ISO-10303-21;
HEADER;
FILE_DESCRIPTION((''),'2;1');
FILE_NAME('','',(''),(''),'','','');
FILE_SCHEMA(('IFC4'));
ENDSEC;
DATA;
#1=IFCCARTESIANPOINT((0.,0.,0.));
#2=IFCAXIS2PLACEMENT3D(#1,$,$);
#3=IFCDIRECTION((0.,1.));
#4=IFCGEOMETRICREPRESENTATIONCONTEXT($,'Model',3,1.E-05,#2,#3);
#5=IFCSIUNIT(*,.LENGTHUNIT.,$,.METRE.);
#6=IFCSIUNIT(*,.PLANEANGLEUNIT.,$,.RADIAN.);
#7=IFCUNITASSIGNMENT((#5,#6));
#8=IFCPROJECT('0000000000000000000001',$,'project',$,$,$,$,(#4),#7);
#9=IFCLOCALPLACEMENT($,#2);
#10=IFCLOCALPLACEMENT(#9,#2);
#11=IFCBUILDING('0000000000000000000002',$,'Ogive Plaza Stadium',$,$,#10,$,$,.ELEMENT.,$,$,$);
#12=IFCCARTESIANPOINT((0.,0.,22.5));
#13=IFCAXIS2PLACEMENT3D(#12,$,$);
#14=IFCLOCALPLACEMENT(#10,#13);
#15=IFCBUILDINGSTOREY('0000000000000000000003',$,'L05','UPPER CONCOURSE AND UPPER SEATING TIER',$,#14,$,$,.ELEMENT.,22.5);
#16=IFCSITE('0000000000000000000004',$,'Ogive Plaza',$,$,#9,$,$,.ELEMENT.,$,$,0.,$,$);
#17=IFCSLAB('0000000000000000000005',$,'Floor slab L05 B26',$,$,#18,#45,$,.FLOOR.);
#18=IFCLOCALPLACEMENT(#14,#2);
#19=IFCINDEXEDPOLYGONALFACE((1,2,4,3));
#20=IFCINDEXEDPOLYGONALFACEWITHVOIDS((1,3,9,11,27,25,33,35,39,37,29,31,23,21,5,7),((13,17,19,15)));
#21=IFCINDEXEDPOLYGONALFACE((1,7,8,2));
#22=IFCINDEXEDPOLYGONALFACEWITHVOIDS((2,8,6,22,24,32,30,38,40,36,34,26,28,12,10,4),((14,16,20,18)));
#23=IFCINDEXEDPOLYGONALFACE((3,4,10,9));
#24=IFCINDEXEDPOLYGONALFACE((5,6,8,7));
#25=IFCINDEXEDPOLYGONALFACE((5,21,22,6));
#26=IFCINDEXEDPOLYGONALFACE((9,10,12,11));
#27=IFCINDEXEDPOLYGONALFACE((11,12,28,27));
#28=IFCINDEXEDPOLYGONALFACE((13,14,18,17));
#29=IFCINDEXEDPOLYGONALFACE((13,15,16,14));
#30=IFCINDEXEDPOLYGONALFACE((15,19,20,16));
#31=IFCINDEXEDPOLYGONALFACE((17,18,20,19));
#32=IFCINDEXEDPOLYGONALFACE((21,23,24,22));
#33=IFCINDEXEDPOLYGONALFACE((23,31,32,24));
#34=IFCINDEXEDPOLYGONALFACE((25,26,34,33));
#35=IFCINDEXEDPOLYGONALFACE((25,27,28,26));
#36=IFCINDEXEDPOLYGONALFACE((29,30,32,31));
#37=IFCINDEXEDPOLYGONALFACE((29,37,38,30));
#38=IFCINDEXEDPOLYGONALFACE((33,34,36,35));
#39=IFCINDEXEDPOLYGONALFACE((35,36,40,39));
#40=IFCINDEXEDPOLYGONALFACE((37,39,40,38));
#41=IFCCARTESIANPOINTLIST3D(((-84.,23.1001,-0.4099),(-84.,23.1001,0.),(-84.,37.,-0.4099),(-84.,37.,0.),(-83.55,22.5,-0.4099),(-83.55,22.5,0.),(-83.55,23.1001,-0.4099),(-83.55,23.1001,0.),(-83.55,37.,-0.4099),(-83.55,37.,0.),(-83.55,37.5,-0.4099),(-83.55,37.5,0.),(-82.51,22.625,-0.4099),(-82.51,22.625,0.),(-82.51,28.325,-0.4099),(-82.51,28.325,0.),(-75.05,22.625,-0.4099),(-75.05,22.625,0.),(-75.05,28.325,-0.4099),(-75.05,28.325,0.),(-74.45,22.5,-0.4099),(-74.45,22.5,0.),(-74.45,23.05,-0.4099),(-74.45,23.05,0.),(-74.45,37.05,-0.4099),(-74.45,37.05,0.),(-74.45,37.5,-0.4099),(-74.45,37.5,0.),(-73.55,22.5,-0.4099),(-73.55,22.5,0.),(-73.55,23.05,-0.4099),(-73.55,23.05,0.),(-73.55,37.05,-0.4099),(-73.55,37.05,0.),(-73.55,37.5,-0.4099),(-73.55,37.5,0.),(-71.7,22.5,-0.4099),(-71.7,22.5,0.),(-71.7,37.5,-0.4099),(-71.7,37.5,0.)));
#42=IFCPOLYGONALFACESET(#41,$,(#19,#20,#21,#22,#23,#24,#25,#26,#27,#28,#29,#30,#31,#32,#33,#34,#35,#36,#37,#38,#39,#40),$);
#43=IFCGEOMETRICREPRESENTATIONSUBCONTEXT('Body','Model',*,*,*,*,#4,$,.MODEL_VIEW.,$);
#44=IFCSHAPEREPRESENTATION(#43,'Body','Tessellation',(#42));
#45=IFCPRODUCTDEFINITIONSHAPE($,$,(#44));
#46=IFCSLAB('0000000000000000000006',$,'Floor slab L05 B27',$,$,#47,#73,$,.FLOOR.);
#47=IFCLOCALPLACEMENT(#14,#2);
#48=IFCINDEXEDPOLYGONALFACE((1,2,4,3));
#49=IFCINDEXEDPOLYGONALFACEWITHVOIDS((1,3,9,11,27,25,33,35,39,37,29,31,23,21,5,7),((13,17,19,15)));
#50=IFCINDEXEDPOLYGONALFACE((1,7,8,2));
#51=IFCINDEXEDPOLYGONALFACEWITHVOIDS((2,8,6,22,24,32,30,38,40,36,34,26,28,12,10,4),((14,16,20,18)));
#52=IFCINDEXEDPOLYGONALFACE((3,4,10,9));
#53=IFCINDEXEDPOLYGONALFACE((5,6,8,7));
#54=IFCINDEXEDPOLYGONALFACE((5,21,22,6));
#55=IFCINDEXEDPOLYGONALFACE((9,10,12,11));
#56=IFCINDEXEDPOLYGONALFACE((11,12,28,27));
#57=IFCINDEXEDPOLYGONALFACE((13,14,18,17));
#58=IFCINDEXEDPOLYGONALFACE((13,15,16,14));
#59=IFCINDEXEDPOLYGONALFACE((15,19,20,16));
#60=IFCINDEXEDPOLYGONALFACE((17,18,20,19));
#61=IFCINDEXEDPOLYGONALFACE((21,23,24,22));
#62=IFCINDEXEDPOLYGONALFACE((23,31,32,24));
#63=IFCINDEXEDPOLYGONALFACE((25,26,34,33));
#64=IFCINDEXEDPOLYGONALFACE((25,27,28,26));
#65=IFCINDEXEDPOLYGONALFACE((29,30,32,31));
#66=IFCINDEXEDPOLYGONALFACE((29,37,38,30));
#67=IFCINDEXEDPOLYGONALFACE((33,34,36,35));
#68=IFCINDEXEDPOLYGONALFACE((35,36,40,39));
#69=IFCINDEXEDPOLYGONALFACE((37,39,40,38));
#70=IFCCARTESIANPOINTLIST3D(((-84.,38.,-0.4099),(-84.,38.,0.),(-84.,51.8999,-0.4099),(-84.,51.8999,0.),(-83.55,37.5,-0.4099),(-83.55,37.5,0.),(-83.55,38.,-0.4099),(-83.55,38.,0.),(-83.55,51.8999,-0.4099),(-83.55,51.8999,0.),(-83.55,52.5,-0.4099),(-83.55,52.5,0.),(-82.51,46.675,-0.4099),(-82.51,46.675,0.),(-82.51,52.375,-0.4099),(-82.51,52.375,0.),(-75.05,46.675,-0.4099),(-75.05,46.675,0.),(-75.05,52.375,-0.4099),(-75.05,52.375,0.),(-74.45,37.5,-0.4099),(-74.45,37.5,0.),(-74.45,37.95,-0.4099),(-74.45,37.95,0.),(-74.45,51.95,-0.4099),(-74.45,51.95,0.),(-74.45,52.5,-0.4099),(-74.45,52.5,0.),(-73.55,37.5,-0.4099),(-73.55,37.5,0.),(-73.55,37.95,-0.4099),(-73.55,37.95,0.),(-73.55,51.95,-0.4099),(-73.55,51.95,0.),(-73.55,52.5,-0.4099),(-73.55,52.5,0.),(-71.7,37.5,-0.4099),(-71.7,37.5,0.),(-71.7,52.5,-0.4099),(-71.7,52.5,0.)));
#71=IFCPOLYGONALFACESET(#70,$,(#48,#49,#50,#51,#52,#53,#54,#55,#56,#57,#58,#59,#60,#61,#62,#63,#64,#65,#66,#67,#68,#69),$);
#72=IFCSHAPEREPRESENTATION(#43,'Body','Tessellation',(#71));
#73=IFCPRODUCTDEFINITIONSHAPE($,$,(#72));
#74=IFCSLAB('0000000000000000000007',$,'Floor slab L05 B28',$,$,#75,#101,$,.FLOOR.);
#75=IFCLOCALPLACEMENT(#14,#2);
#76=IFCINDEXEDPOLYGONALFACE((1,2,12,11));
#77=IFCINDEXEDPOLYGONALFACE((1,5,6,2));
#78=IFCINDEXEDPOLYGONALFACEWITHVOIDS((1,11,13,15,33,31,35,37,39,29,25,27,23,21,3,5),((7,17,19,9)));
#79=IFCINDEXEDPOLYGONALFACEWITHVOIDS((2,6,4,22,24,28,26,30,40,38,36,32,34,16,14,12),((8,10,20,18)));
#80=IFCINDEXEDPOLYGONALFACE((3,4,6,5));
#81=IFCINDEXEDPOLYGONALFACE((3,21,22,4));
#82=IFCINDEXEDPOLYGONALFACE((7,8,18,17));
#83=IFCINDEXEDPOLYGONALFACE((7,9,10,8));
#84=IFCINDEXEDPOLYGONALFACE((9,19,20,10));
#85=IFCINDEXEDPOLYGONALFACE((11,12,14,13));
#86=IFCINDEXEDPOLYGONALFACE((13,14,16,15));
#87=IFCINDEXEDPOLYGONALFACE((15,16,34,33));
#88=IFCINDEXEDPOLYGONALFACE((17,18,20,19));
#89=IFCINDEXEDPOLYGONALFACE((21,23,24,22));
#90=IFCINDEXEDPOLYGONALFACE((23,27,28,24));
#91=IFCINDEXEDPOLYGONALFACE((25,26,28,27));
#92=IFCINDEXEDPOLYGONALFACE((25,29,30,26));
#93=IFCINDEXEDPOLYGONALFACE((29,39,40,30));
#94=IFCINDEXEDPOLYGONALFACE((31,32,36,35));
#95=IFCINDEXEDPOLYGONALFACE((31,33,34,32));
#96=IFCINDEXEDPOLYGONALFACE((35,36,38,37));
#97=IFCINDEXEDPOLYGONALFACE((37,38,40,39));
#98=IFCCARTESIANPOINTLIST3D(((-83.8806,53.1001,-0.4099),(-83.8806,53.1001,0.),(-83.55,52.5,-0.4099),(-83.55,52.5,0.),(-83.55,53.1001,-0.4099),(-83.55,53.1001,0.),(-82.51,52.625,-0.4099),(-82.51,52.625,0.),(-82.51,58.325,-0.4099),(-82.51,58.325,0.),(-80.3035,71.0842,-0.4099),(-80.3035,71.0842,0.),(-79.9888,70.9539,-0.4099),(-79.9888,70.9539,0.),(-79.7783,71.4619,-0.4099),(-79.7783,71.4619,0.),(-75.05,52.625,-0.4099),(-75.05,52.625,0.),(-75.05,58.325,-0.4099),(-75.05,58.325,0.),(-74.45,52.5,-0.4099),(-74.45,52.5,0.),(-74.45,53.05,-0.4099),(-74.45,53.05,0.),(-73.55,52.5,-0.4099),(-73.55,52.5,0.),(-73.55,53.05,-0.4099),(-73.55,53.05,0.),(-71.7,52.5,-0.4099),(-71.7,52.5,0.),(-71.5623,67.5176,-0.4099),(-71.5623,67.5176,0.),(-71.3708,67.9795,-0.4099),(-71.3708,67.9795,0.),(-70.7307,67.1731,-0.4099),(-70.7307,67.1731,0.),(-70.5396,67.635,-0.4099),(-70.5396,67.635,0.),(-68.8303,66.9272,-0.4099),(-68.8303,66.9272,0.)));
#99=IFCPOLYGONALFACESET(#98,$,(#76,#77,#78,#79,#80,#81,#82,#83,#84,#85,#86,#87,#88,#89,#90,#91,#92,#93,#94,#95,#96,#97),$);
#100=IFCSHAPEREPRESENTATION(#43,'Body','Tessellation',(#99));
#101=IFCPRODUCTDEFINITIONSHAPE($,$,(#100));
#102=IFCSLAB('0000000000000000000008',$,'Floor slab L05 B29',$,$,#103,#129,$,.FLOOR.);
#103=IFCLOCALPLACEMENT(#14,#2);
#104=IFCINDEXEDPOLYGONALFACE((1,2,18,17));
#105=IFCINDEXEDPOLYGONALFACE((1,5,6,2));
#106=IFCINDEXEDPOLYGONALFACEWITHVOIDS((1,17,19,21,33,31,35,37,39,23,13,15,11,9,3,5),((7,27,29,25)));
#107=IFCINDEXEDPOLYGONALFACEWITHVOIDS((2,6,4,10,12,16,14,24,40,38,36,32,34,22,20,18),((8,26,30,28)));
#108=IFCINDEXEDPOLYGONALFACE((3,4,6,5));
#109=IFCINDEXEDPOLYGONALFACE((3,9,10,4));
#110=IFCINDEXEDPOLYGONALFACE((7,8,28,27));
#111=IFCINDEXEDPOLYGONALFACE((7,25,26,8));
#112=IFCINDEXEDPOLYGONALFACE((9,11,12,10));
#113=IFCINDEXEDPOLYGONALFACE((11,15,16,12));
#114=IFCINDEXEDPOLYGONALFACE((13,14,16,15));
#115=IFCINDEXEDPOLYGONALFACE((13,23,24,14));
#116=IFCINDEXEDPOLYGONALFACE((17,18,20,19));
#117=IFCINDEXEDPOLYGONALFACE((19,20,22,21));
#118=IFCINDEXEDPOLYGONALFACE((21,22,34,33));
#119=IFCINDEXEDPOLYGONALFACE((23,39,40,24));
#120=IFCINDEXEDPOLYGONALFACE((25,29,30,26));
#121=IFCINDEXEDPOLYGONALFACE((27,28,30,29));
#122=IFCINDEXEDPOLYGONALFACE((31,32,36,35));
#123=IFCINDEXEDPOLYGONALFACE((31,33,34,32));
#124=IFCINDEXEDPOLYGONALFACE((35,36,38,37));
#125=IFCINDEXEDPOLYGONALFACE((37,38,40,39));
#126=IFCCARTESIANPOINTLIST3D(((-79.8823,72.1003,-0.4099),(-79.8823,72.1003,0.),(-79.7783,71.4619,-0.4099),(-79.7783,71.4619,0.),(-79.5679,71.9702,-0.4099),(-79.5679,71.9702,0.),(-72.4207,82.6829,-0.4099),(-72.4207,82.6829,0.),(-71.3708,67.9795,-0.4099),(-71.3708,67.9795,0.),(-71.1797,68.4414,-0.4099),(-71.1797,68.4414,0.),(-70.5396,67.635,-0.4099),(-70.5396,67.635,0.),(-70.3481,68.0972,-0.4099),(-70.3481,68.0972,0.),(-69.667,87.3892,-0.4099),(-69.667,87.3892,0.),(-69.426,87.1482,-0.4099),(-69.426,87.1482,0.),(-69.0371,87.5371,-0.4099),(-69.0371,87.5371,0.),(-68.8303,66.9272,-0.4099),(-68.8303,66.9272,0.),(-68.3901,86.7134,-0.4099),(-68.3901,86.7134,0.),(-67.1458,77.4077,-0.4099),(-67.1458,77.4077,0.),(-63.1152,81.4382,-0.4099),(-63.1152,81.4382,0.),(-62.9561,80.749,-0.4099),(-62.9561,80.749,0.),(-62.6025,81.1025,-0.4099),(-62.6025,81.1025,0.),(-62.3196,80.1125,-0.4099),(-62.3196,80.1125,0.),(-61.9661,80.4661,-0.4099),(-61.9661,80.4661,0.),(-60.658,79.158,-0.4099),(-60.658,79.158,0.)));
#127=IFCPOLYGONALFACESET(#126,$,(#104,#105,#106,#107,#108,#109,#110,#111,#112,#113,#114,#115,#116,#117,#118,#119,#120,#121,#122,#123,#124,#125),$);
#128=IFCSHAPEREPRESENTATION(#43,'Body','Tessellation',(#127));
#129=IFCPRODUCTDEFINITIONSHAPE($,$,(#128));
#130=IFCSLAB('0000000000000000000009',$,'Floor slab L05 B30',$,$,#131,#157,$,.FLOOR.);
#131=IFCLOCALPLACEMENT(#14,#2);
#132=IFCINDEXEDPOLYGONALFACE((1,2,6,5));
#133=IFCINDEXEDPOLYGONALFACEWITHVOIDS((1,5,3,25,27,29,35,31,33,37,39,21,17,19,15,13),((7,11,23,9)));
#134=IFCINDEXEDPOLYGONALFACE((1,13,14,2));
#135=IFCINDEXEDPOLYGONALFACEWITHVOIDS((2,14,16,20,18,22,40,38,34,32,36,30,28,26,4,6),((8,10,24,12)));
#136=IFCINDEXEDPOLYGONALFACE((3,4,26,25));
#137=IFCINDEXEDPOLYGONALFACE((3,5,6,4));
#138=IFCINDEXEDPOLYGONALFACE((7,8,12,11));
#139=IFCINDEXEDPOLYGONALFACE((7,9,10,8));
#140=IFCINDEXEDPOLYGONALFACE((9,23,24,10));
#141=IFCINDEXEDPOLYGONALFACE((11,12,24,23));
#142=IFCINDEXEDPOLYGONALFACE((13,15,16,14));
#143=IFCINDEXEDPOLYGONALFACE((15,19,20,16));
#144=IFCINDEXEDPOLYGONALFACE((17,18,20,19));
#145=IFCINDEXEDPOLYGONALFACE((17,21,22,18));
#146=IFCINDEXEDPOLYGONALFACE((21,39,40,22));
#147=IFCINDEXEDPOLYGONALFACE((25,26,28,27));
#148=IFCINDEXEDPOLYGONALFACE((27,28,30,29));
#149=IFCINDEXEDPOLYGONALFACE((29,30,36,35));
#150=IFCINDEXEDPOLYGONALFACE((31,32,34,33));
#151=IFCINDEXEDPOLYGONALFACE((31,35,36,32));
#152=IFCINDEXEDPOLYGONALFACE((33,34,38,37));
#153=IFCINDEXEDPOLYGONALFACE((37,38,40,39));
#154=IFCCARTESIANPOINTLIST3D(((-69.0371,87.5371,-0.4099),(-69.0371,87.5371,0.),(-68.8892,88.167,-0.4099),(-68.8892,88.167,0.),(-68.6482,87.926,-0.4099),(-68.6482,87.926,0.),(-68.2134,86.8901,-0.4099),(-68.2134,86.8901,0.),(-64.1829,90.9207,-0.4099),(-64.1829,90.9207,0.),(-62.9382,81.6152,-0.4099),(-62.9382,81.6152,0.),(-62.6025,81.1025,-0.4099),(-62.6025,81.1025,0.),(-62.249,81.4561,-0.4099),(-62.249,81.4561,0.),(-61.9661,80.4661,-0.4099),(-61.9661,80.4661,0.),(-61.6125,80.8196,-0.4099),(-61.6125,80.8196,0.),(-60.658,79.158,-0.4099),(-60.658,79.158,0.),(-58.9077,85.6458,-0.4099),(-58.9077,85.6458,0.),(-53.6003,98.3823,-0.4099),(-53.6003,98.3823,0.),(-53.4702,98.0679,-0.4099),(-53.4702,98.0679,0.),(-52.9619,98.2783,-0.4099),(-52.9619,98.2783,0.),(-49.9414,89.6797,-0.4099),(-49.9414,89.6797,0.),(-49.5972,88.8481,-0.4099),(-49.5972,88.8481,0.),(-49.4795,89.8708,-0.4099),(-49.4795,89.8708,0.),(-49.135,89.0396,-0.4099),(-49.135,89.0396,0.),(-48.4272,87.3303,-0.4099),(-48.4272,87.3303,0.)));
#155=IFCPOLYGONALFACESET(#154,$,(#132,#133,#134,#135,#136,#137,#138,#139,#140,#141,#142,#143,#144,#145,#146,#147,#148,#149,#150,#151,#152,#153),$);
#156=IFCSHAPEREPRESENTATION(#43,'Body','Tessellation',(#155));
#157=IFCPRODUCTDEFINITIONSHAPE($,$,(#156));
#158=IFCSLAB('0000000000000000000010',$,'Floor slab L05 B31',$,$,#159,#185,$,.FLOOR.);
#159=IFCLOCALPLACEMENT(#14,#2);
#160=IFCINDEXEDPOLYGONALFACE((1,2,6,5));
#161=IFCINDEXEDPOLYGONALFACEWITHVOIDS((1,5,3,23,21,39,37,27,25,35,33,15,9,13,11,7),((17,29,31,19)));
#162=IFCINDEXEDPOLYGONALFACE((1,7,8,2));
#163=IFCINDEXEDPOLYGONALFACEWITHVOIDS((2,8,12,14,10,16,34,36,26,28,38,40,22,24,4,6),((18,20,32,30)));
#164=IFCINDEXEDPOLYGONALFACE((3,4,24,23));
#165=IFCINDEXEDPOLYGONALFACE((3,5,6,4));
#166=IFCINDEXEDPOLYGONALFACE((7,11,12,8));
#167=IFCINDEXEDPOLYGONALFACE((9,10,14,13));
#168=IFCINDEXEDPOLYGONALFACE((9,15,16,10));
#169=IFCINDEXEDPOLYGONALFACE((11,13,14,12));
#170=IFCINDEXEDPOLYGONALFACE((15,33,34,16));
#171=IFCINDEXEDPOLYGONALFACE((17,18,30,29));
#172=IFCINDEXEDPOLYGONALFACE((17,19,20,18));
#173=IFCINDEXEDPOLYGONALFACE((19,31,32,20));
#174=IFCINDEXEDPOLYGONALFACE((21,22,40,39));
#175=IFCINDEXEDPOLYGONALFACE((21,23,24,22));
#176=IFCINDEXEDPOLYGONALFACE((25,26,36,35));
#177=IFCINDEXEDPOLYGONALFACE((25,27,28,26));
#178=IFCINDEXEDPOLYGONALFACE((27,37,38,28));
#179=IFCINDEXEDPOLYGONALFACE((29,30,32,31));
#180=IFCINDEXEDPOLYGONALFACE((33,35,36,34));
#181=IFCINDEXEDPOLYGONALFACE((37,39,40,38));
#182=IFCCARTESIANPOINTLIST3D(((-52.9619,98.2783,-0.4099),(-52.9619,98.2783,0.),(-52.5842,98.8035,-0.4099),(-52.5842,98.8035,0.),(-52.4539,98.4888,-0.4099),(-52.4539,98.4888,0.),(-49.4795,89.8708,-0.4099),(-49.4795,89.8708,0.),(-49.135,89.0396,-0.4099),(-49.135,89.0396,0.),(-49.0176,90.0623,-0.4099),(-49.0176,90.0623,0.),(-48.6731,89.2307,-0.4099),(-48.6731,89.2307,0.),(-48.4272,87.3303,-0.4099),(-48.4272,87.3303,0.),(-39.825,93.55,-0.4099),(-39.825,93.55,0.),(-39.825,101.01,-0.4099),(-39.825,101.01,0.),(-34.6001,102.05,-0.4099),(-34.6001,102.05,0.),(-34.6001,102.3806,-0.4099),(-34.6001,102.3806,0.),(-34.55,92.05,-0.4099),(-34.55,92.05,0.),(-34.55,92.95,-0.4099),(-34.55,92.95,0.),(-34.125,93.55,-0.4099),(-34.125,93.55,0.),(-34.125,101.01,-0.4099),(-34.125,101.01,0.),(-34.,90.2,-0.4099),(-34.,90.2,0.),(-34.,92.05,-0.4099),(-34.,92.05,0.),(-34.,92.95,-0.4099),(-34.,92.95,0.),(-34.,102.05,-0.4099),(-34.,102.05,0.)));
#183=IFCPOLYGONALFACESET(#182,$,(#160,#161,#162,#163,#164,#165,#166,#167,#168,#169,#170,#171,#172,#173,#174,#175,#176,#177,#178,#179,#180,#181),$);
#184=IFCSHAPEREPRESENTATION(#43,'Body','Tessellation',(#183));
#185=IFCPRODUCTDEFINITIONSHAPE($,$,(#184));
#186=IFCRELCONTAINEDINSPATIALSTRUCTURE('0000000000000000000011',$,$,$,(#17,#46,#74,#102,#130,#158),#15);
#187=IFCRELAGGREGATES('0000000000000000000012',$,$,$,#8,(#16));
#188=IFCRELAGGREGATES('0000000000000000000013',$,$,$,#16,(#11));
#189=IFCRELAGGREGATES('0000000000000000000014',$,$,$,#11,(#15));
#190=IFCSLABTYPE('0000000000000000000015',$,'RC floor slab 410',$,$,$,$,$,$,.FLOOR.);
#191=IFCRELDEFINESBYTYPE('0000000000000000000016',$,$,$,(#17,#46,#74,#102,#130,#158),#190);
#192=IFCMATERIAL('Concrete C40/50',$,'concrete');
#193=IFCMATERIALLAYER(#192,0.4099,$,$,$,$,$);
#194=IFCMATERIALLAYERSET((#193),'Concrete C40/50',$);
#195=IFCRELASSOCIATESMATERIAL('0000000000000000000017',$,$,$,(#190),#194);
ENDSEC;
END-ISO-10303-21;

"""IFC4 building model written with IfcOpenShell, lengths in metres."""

from ifc_helpers import new_model, si_unit, direction, frame, origin, place, context, subcontext, project, spatial, polyline, outline, extrude, material, layer, layer_set, type_object, element, save


model = new_model("IFC4")

# Units and contexts
model_context = context("Model", 3, precision=1e-05, world=origin(), true_north=direction((0.0, 1.0)))
body_context = subcontext(model_context, "Body", "Model", "MODEL_VIEW")
ifc_project = project(units=[si_unit("LENGTHUNIT", "METRE"), si_unit("PLANEANGLEUNIT", "RADIAN")], contexts=[model_context])

# Site, building, storey
site_placement = place(None, origin())
site = spatial("IfcSite", under=ifc_project, at=site_placement, Name="Ogive Plaza", CompositionType="ELEMENT", RefElevation=0.0)
building_placement = place(site_placement, origin())
building = spatial("IfcBuilding", under=site, at=building_placement, Name="Ogive Plaza Stadium", CompositionType="ELEMENT")
storey_placement = place(building_placement, frame((0.0, 0.0, 22.5)))
storey = spatial("IfcBuildingStorey", under=building, at=storey_placement, Name="L05", Description="UPPER CONCOURSE AND UPPER SEATING TIER", CompositionType="ELEMENT", Elevation=22.5)

# Slabs
ifc_material = material(Name="Concrete C40/50", Category="concrete")
ifc_layer = layer(ifc_material, 0.4099)
ifc_layer_set = layer_set([ifc_layer], Name="Concrete C40/50")
slab_type = type_object("IfcSlabType", Name="RC floor slab 410", PredefinedType="FLOOR", material=ifc_layer_set)
slab_1_placement = place(storey_placement, frame((0.0, 0.0, -0.4099)))
element("IfcSlab", 1, at=slab_1_placement, inside=storey, type_object=slab_type, Name="Floor slab L05 B26", PredefinedType="FLOOR", context=body_context, shape_type="SweptSolid", body=[
    extrude(outline(polyline([(-73.55, 37.5), (-73.55, 37.05), (-74.45, 37.05), (-74.45, 37.5), (-83.55, 37.5), (-83.55, 37.0), (-84.0, 37.0), (-84.0, 23.1001), (-83.55, 23.1001), (-83.55, 22.5), (-74.45, 22.5), (-74.45, 23.05), (-73.55, 23.05), (-73.55, 22.5), (-71.7, 22.5), (-71.7, 37.5), (-73.55, 37.5)]), holes=[polyline([(-75.05, 22.625), (-75.05, 28.325), (-82.51, 28.325), (-82.51, 22.625), (-75.05, 22.625)])]), origin(), (0.0, 0.0, 1.0), 0.4099),
])
slab_2_placement = place(storey_placement, frame((0.0, 0.0, -0.4099)))
element("IfcSlab", 2, at=slab_2_placement, inside=storey, type_object=slab_type, Name="Floor slab L05 B27", PredefinedType="FLOOR", context=body_context, shape_type="SweptSolid", body=[
    extrude(outline(polyline([(-73.55, 52.5), (-73.55, 51.95), (-74.45, 51.95), (-74.45, 52.5), (-83.55, 52.5), (-83.55, 51.8999), (-84.0, 51.8999), (-84.0, 38.0), (-83.55, 38.0), (-83.55, 37.5), (-74.45, 37.5), (-74.45, 37.95), (-73.55, 37.95), (-73.55, 37.5), (-71.7, 37.5), (-71.7, 52.5), (-73.55, 52.5)]), holes=[polyline([(-75.05, 52.375), (-82.51, 52.375), (-82.51, 46.675), (-75.05, 46.675), (-75.05, 52.375)])]), origin(), (0.0, 0.0, 1.0), 0.4099),
])
slab_3_placement = place(storey_placement, frame((0.0, 0.0, -0.4099)))
element("IfcSlab", 3, at=slab_3_placement, inside=storey, type_object=slab_type, Name="Floor slab L05 B28", PredefinedType="FLOOR", context=body_context, shape_type="SweptSolid", body=[
    extrude(outline(polyline([(-70.5396, 67.635), (-70.7307, 67.1731), (-71.5623, 67.5176), (-71.3708, 67.9795), (-79.7783, 71.4619), (-79.9888, 70.9539), (-80.3035, 71.0842), (-83.8806, 53.1001), (-83.55, 53.1001), (-83.55, 52.5), (-74.45, 52.5), (-74.45, 53.05), (-73.55, 53.05), (-73.55, 52.5), (-71.7, 52.5), (-68.8303, 66.9272), (-70.5396, 67.635)]), holes=[polyline([(-75.05, 52.625), (-75.05, 58.325), (-82.51, 58.325), (-82.51, 52.625), (-75.05, 52.625)])]), origin(), (0.0, 0.0, 1.0), 0.4099),
])
slab_4_placement = place(storey_placement, frame((0.0, 0.0, -0.4099)))
element("IfcSlab", 4, at=slab_4_placement, inside=storey, type_object=slab_type, Name="Floor slab L05 B29", PredefinedType="FLOOR", context=body_context, shape_type="SweptSolid", body=[
    extrude(outline(polyline([(-61.9661, 80.4661), (-62.3196, 80.1125), (-62.9561, 80.749), (-62.6025, 81.1025), (-69.0371, 87.5371), (-69.426, 87.1482), (-69.667, 87.3892), (-79.8823, 72.1003), (-79.5679, 71.9702), (-79.7783, 71.4619), (-71.3708, 67.9795), (-71.1797, 68.4414), (-70.3481, 68.0972), (-70.5396, 67.635), (-68.8303, 66.9272), (-60.658, 79.158), (-61.9661, 80.4661)]), holes=[polyline([(-67.1458, 77.4077), (-63.1152, 81.4382), (-68.3901, 86.7134), (-72.4207, 82.6829), (-67.1458, 77.4077)])]), origin(), (0.0, 0.0, 1.0), 0.4099),
])
slab_5_placement = place(storey_placement, frame((0.0, 0.0, -0.4099)))
element("IfcSlab", 5, at=slab_5_placement, inside=storey, type_object=slab_type, Name="Floor slab L05 B30", PredefinedType="FLOOR", context=body_context, shape_type="SweptSolid", body=[
    extrude(outline(polyline([(-49.135, 89.0396), (-49.5972, 88.8481), (-49.9414, 89.6797), (-49.4795, 89.8708), (-52.9619, 98.2783), (-53.4702, 98.0679), (-53.6003, 98.3823), (-68.8892, 88.167), (-68.6482, 87.926), (-69.0371, 87.5371), (-62.6025, 81.1025), (-62.249, 81.4561), (-61.6125, 80.8196), (-61.9661, 80.4661), (-60.658, 79.158), (-48.4272, 87.3303), (-49.135, 89.0396)]), holes=[polyline([(-62.9382, 81.6152), (-58.9077, 85.6458), (-64.1829, 90.9207), (-68.2134, 86.8901), (-62.9382, 81.6152)])]), origin(), (0.0, 0.0, 1.0), 0.4099),
])
slab_6_placement = place(storey_placement, frame((0.0, 0.0, -0.4099)))
element("IfcSlab", 6, at=slab_6_placement, inside=storey, type_object=slab_type, Name="Floor slab L05 B31", PredefinedType="FLOOR", context=body_context, shape_type="SweptSolid", body=[
    extrude(outline(polyline([(-34.0, 92.05), (-34.55, 92.05), (-34.55, 92.95), (-34.0, 92.95), (-34.0, 102.05), (-34.6001, 102.05), (-34.6001, 102.3806), (-52.5842, 98.8035), (-52.4539, 98.4888), (-52.9619, 98.2783), (-49.4795, 89.8708), (-49.0176, 90.0623), (-48.6731, 89.2307), (-49.135, 89.0396), (-48.4272, 87.3303), (-34.0, 90.2), (-34.0, 92.05)]), holes=[polyline([(-34.125, 93.55), (-34.125, 101.01), (-39.825, 101.01), (-39.825, 93.55), (-34.125, 93.55)])]), origin(), (0.0, 0.0, 1.0), 0.4099),
])

save(model, "model.ifc")
